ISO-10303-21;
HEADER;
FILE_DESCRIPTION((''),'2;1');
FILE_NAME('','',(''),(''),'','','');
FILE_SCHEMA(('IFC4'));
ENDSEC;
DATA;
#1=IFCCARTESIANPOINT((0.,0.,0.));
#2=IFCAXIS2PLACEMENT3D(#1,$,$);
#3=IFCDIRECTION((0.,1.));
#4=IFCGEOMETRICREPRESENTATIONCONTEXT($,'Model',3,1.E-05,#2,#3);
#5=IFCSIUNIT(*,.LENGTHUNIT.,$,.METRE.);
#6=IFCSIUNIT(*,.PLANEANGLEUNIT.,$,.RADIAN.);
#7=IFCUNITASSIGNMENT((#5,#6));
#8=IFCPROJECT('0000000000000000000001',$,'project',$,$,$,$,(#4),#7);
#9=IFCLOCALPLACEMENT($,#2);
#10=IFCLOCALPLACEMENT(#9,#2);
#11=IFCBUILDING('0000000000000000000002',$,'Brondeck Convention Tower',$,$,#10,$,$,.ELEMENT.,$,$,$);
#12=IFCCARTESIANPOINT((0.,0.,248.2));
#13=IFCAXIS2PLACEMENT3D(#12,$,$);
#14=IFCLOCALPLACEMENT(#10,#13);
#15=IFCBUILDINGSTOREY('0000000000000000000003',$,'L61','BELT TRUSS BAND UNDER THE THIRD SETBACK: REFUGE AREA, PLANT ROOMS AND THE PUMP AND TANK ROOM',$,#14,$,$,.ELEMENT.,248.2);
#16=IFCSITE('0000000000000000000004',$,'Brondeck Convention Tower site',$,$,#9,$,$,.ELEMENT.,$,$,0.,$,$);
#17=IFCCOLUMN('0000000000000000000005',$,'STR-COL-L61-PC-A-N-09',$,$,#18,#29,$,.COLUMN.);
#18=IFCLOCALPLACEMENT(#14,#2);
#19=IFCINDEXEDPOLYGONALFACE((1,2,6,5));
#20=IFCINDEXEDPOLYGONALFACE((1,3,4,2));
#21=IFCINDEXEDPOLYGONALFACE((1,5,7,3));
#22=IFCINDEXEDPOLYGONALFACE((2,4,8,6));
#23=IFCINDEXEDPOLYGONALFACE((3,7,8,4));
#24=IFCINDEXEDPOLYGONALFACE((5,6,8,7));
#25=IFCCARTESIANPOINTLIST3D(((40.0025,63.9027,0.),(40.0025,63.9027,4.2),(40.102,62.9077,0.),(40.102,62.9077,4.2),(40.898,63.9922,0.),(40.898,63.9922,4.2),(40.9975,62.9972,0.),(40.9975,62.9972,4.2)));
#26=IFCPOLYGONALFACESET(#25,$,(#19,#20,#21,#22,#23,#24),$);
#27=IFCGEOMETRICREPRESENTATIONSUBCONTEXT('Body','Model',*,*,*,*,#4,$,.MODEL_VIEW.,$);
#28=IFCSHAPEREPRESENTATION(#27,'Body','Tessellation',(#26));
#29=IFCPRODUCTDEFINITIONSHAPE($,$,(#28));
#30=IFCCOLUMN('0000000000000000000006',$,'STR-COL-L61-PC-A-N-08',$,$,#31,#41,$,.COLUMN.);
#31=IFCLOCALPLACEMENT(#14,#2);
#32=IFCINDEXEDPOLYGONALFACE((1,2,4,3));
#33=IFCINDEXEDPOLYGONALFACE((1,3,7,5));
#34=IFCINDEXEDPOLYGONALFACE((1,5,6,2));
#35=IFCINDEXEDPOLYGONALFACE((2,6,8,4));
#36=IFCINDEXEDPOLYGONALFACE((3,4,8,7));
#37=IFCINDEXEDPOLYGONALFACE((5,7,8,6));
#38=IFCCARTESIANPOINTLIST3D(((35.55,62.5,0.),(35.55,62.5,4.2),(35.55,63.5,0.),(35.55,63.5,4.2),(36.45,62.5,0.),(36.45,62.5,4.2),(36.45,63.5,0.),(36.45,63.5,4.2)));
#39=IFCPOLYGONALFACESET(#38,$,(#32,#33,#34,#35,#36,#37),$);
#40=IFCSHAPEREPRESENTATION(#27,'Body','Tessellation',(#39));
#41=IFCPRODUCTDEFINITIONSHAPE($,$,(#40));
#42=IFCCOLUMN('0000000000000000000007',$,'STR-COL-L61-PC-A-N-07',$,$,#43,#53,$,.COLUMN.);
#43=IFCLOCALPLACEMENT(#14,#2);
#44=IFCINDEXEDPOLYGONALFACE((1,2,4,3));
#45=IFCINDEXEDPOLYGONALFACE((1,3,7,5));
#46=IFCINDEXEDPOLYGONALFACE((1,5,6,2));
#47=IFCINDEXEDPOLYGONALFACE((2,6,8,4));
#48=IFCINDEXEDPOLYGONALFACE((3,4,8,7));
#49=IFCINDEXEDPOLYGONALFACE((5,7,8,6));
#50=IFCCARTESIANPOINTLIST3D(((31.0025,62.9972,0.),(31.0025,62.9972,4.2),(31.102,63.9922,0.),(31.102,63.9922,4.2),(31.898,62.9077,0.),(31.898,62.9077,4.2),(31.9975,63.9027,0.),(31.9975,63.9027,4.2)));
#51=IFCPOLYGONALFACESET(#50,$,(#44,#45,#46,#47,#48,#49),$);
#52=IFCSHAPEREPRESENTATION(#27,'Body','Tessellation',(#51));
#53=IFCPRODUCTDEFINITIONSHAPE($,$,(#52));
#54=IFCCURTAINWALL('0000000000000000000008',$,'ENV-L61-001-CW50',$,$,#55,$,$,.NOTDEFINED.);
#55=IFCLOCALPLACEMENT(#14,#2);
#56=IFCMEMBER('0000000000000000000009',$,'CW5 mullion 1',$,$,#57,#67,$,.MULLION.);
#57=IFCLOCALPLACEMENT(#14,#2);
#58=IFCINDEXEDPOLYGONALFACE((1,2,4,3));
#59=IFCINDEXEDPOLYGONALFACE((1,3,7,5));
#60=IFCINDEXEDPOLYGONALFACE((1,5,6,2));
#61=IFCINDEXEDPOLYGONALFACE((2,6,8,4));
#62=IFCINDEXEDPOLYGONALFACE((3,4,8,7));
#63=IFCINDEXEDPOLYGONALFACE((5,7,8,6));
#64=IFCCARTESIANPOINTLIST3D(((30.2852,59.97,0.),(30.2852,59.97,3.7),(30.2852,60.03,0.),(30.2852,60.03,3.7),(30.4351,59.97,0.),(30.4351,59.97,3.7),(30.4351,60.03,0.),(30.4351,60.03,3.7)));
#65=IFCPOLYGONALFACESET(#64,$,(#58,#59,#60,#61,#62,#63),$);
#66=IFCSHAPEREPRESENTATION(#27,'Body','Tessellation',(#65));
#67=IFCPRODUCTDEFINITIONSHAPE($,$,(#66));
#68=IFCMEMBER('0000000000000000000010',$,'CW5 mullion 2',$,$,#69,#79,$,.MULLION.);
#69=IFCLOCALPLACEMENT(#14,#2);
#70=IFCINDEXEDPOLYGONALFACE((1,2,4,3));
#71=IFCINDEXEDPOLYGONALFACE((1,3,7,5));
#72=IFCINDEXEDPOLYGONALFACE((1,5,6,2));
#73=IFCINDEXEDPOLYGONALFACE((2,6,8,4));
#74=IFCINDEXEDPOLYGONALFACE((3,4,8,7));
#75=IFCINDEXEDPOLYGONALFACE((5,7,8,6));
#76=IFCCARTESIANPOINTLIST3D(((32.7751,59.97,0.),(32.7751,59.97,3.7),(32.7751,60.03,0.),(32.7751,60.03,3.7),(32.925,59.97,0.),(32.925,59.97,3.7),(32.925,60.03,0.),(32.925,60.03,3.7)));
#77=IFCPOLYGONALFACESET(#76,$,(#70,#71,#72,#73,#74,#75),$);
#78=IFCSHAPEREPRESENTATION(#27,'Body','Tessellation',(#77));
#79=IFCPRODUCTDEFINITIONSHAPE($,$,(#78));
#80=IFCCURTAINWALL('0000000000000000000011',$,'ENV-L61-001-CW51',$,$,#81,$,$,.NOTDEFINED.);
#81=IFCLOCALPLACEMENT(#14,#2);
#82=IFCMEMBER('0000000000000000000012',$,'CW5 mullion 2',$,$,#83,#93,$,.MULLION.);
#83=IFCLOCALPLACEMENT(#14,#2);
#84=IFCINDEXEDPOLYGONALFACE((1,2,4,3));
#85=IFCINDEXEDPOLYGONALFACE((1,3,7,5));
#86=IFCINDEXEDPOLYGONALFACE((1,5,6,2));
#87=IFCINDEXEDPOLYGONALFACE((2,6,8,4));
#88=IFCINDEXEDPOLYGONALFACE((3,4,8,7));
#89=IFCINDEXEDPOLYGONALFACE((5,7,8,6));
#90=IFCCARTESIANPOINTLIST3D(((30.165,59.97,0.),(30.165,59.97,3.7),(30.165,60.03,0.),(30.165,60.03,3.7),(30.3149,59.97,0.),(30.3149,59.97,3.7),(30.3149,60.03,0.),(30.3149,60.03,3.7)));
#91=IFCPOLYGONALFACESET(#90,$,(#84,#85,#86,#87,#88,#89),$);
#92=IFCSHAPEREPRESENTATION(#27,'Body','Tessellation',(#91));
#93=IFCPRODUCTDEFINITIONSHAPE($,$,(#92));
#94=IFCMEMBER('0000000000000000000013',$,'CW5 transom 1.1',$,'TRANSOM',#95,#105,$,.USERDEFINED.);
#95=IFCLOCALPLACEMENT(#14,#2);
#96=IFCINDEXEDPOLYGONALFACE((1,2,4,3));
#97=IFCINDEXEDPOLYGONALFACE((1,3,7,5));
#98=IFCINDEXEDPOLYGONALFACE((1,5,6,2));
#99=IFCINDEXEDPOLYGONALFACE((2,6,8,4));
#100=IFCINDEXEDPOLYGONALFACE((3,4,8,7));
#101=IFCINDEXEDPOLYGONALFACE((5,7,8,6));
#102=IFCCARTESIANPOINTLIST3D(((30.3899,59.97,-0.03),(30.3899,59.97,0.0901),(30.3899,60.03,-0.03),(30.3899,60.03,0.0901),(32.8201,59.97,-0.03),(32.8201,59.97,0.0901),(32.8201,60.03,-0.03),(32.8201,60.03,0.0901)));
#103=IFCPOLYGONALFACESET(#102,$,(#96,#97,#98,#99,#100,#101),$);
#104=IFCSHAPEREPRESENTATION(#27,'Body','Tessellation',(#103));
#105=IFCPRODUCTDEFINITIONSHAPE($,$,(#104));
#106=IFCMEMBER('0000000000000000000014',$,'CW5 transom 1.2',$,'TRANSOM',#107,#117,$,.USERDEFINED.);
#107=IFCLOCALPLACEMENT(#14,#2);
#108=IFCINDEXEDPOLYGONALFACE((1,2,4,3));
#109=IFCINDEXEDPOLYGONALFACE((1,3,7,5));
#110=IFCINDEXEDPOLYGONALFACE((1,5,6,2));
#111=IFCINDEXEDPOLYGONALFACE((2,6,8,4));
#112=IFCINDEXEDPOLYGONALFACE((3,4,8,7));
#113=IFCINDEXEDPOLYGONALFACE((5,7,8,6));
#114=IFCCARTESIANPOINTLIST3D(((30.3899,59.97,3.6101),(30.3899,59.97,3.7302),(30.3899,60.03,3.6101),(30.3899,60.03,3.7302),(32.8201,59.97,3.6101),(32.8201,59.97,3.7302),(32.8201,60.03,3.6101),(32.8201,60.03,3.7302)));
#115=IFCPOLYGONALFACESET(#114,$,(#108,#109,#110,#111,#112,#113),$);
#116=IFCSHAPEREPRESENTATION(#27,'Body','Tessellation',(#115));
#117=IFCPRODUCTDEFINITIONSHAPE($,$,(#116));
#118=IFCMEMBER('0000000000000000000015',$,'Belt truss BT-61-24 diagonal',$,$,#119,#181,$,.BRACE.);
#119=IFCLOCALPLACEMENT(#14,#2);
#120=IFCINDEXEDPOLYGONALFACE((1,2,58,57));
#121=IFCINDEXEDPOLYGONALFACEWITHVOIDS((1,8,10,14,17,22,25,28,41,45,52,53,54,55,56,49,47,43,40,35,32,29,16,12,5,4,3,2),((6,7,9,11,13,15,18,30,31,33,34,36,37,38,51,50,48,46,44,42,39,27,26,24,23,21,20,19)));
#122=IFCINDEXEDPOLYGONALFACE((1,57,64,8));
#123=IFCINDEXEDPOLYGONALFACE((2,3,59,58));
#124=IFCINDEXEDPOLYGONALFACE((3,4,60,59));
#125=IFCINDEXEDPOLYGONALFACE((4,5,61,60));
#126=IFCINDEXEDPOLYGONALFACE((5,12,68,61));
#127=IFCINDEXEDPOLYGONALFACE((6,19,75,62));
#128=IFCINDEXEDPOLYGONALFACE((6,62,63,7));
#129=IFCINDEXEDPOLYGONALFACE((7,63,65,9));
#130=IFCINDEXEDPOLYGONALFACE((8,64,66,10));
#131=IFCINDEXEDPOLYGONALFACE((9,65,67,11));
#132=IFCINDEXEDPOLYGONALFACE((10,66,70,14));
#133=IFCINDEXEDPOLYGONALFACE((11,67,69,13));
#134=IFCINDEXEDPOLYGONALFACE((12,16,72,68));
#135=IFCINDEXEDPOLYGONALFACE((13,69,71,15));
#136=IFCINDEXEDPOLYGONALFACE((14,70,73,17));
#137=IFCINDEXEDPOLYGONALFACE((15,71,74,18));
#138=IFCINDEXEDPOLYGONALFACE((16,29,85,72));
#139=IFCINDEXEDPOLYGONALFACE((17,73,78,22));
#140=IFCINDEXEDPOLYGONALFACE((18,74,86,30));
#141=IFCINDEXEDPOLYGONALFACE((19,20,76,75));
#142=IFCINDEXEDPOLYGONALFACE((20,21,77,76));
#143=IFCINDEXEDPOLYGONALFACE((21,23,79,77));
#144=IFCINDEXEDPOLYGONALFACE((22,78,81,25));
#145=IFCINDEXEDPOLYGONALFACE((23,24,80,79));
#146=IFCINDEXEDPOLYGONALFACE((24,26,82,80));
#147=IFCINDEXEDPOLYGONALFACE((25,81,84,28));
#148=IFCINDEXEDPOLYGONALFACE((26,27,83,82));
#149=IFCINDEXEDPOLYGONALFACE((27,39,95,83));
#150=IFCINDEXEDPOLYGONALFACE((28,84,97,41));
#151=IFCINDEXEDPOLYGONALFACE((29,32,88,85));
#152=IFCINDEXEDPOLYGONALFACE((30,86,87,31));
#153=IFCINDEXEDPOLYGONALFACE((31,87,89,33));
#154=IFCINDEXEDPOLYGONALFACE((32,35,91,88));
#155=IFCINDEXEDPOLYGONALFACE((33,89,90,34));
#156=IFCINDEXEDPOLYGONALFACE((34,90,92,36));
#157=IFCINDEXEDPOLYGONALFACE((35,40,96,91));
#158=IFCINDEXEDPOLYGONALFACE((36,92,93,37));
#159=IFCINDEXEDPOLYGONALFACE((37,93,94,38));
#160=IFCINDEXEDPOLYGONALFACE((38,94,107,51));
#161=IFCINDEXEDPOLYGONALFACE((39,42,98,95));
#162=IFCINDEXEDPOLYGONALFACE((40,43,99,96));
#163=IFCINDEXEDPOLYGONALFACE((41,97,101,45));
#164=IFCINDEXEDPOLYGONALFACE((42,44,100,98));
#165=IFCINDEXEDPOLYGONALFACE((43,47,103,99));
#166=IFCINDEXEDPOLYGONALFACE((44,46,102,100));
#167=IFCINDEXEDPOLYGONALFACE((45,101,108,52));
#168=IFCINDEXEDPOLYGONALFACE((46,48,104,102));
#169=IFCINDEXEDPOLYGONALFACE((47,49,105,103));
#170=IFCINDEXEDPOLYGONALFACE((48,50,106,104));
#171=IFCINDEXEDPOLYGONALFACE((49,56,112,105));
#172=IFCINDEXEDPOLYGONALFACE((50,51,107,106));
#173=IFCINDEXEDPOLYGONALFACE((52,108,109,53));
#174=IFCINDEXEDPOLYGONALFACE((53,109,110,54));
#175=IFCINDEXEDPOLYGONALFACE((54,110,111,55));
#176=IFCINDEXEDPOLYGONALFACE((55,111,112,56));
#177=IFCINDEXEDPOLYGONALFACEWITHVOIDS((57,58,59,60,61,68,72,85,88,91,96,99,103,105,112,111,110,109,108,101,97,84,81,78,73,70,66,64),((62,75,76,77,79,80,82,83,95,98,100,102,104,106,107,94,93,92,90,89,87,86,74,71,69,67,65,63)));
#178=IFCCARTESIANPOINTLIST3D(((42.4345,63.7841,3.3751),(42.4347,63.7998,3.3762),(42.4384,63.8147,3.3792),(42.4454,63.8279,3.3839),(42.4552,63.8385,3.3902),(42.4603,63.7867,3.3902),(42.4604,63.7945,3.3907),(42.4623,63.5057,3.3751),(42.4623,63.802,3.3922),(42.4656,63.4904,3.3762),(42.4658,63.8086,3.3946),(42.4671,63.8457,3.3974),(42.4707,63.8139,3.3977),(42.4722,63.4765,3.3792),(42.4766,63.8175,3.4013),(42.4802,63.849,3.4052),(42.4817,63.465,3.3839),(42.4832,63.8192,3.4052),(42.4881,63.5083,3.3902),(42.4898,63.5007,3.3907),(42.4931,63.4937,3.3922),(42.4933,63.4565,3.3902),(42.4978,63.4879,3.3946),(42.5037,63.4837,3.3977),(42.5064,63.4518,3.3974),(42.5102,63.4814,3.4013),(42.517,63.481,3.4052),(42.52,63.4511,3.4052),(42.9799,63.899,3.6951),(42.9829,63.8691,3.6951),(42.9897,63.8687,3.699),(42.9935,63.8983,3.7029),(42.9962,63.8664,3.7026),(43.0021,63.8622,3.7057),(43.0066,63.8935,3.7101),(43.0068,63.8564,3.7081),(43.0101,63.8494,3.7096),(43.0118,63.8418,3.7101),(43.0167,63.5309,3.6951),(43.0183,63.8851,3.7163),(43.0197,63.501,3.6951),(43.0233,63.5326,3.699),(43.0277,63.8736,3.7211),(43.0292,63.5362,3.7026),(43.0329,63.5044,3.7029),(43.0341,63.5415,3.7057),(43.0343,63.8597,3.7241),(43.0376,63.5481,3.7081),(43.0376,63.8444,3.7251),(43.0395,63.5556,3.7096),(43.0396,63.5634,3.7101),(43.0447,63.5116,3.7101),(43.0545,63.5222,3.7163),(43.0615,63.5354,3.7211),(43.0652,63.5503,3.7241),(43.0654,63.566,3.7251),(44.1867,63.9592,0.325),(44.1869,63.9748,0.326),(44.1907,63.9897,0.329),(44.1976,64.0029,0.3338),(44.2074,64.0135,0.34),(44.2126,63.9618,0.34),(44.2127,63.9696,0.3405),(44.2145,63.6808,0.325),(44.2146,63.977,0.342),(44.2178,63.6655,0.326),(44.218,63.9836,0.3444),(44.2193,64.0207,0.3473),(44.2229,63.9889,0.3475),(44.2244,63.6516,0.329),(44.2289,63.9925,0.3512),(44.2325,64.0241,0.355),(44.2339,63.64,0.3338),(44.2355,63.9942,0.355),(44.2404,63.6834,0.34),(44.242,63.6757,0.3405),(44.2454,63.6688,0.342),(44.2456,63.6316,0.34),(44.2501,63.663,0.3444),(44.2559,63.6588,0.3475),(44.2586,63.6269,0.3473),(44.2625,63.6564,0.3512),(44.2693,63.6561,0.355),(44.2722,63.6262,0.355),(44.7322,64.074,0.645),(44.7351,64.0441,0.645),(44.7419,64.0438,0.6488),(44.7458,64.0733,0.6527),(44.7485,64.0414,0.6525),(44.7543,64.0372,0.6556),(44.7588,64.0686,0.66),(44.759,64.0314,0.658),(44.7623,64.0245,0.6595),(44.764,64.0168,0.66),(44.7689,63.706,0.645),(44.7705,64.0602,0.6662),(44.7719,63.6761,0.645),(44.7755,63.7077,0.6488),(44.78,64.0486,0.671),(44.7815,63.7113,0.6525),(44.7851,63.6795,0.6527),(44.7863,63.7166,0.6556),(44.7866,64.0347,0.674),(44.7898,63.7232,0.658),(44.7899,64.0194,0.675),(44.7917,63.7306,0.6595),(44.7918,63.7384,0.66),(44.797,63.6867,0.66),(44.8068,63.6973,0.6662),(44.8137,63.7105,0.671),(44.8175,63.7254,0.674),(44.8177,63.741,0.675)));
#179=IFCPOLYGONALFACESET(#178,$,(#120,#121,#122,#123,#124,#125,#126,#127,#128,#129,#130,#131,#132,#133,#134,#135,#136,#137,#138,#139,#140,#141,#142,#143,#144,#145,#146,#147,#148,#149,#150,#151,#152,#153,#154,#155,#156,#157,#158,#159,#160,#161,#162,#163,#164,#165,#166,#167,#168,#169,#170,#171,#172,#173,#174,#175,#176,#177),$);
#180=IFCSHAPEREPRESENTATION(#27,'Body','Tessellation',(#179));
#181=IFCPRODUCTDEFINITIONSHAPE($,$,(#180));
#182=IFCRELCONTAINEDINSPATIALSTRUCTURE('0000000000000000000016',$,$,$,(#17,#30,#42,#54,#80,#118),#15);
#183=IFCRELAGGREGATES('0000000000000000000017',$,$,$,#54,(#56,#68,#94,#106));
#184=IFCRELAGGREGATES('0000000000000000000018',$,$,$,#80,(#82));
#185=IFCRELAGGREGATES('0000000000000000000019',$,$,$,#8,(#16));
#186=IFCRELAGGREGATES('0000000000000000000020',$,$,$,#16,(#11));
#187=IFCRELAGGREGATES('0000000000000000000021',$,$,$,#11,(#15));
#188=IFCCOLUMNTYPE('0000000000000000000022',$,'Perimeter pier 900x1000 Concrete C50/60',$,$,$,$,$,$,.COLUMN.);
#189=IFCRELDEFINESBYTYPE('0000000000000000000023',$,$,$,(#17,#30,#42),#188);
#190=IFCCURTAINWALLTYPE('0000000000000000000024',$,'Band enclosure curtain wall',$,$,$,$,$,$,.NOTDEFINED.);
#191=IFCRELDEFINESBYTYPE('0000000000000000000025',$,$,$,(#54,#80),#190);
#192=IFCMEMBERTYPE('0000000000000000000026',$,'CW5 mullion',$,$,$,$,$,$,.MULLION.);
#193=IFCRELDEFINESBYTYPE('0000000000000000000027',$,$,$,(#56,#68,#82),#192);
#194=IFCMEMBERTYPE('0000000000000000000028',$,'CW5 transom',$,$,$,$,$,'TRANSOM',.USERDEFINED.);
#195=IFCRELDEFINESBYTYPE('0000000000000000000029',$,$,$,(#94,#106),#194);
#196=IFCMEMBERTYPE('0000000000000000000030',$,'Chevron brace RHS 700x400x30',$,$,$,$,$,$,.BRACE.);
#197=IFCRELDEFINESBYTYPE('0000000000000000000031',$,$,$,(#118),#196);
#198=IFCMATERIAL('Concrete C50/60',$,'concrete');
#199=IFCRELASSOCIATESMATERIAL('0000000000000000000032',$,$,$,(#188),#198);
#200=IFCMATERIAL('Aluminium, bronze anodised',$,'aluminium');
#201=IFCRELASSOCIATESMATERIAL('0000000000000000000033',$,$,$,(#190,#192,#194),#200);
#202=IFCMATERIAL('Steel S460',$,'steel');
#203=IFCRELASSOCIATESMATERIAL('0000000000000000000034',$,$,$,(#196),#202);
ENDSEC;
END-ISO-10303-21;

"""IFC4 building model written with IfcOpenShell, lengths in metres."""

from ifc_helpers import new_model, si_unit, direction, frame, origin, origin_2d, place, context, subcontext, project, spatial, rectangle, hollow_rectangle, extrude, material, material_profile, profile_set, type_object, element, aggregate, save


model = new_model("IFC4")

# Units and contexts
model_context = context("Model", 3, precision=1e-05, world=origin(), true_north=direction((0.0, 1.0)))
body_context = subcontext(model_context, "Body", "Model", "MODEL_VIEW")
ifc_project = project(units=[si_unit("LENGTHUNIT", "METRE"), si_unit("PLANEANGLEUNIT", "RADIAN")], contexts=[model_context])

# Site, building, storey
site_placement = place(None, origin())
site = spatial("IfcSite", under=ifc_project, at=site_placement, Name="Brondeck Convention Tower site", CompositionType="ELEMENT", RefElevation=0.0)
building_placement = place(site_placement, origin())
building = spatial("IfcBuilding", under=site, at=building_placement, Name="Brondeck Convention Tower", CompositionType="ELEMENT")
storey_placement = place(building_placement, frame((0.0, 0.0, 248.2)))
storey = spatial("IfcBuildingStorey", under=building, at=storey_placement, Name="L61", Description="BELT TRUSS BAND UNDER THE THIRD SETBACK: REFUGE AREA, PLANT ROOMS AND THE PUMP AND TANK ROOM", CompositionType="ELEMENT", Elevation=248.2)

# Columns
ifc_material_1 = material(Name="Concrete C50/60", Category="concrete")
ifc_material_profile_1 = material_profile(ifc_material_1, rectangle(XDim=0.8999, YDim=1.0, at=origin_2d()), Name="Perimeter pier 900x1000 Concrete C50/60")
ifc_profile_set_1 = profile_set([ifc_material_profile_1], Name="Concrete C50/60")
column_type = type_object("IfcColumnType", Name="Perimeter pier 900x1000 Concrete C50/60", PredefinedType="COLUMN", material=ifc_profile_set_1)
for number, where, z_axis, x_axis, name in (
    (1, (40.5, 63.45, 0.0), (0.0, 0.0, 1.0), (-0.995037, -0.099504, 0.0), "STR-COL-L61-PC-A-N-09"),
    (2, (36.0, 63.0, 0.0), (0.0, 0.0, 1.0), (-1.0, 0.0, 0.0), "STR-COL-L61-PC-A-N-08"),
    (3, (31.5, 63.45, 0.0), (0.0, 0.0, 1.0), (-0.995037, 0.099504, 0.0), "STR-COL-L61-PC-A-N-07"),
):
    element("IfcColumn", number, at=place(storey_placement, frame(where, z_axis=z_axis, x_axis=x_axis)), inside=storey, type_object=column_type, Name=name, PredefinedType="COLUMN", context=body_context, shape_type="SweptSolid", body=[
        extrude(rectangle(XDim=0.8999, YDim=1.0, at=origin_2d()), origin(), (0.0, 0.0, 1.0), 4.2),
    ])

# Curtain wall, members
ifc_material_2 = material(Name="Aluminium, bronze anodised", Category="aluminium")
curtain_wall_type = type_object("IfcCurtainWallType", Name="Band enclosure curtain wall", PredefinedType="NOTDEFINED", material=ifc_material_2)
curtain_wall_1_placement = place(storey_placement, origin())
curtain_wall_1 = element("IfcCurtainWall", 4, at=curtain_wall_1_placement, inside=storey, type_object=curtain_wall_type, Name="ENV-L61-001-CW50", PredefinedType="NOTDEFINED")
ifc_material_profile_2 = material_profile(ifc_material_2, rectangle(XDim=0.0601, YDim=0.1499, at=origin_2d()), Name="CW5 mullion")
ifc_profile_set_2 = profile_set([ifc_material_profile_2], Name="Aluminium, bronze anodised")
member_type_1 = type_object("IfcMemberType", Name="CW5 mullion", PredefinedType="MULLION", material=ifc_profile_set_2)
member_1_placement = place(storey_placement, frame((30.3601, 60.0, 0.0), z_axis=(0.0, 0.0, 1.0), x_axis=(0.0, 1.0, 0.0)))
member_1 = element("IfcMember", 5, at=member_1_placement, type_object=member_type_1, Name="CW5 mullion 1", PredefinedType="MULLION", context=body_context, shape_type="SweptSolid", body=[
    extrude(rectangle(XDim=0.0601, YDim=0.1499, at=origin_2d()), origin(), (0.0, 0.0, 1.0), 3.7),
])
member_2_placement = place(storey_placement, frame((32.8501, 60.0, 0.0), z_axis=(0.0, 0.0, 1.0), x_axis=(0.0, 1.0, 0.0)))
member_2 = element("IfcMember", 6, at=member_2_placement, type_object=member_type_1, Name="CW5 mullion 2", PredefinedType="MULLION", context=body_context, shape_type="SweptSolid", body=[
    extrude(rectangle(XDim=0.0601, YDim=0.1499, at=origin_2d()), origin(), (0.0, 0.0, 1.0), 3.7),
])

# Curtain wall, member
curtain_wall_2_placement = place(storey_placement, origin())
curtain_wall_2 = element("IfcCurtainWall", 7, at=curtain_wall_2_placement, inside=storey, type_object=curtain_wall_type, Name="ENV-L61-001-CW51", PredefinedType="NOTDEFINED")
member_3_placement = place(storey_placement, frame((30.24, 60.0, 0.0), z_axis=(0.0, 0.0, 1.0), x_axis=(0.0, 1.0, 0.0)))
member_3 = element("IfcMember", 8, at=member_3_placement, type_object=member_type_1, Name="CW5 mullion 2", PredefinedType="MULLION", context=body_context, shape_type="SweptSolid", body=[
    extrude(rectangle(XDim=0.0601, YDim=0.1499, at=origin_2d()), origin(), (0.0, 0.0, 1.0), 3.7),
])

# Members
ifc_material_profile_3 = material_profile(ifc_material_2, rectangle(XDim=0.0601, YDim=0.1201, at=origin_2d()), Name="CW5 transom")
ifc_profile_set_3 = profile_set([ifc_material_profile_3], Name="Aluminium, bronze anodised")
member_type_2 = type_object("IfcMemberType", Name="CW5 transom", ElementType="TRANSOM", PredefinedType="USERDEFINED", material=ifc_profile_set_3)
member_4_placement = place(storey_placement, frame((30.3899, 60.0, 0.03), z_axis=(1.0, 0.0, 0.0), x_axis=(0.0, 1.0, 0.0)))
member_4 = element("IfcMember", 9, at=member_4_placement, type_object=member_type_2, Name="CW5 transom 1.1", ObjectType="TRANSOM", PredefinedType="USERDEFINED", context=body_context, shape_type="SweptSolid", body=[
    extrude(rectangle(XDim=0.0601, YDim=0.1201, at=origin_2d()), origin(), (0.0, 0.0, 1.0), 2.4302),
])
member_5_placement = place(storey_placement, frame((30.3899, 60.0, 3.6702), z_axis=(1.0, 0.0, 0.0), x_axis=(0.0, 1.0, 0.0)))
member_5 = element("IfcMember", 10, at=member_5_placement, type_object=member_type_2, Name="CW5 transom 1.2", ObjectType="TRANSOM", PredefinedType="USERDEFINED", context=body_context, shape_type="SweptSolid", body=[
    extrude(rectangle(XDim=0.0601, YDim=0.1201, at=origin_2d()), origin(), (0.0, 0.0, 1.0), 2.4302),
])

# Member
ifc_material_3 = material(Name="Steel S460", Category="steel")
ifc_material_profile_4 = material_profile(ifc_material_3, hollow_rectangle(XDim=0.3999, YDim=0.7, WallThickness=0.03, InnerFilletRadius=0.03, OuterFilletRadius=0.0601, at=origin_2d()), Name="RHS 700x400x30")
ifc_profile_set_4 = profile_set([ifc_material_profile_4], Name="Steel S460")
member_type_3 = type_object("IfcMemberType", Name="Chevron brace RHS 700x400x30", PredefinedType="BRACE", material=ifc_profile_set_4)
for number, where, z_axis, x_axis, name in (
    (11, (44.5022, 63.8501, 0.5), (-0.497518, -0.049703, 0.866029), (0.099408, -0.995047, 0.0), "Belt truss BT-61-24 diagonal"),
):
    element("IfcMember", number, at=place(storey_placement, frame(where, z_axis=z_axis, x_axis=x_axis)), inside=storey, type_object=member_type_3, Name=name, PredefinedType="BRACE", context=body_context, shape_type="SweptSolid", body=[
        extrude(hollow_rectangle(XDim=0.3999, YDim=0.7, WallThickness=0.03, InnerFilletRadius=0.03, OuterFilletRadius=0.0601, at=origin_2d()), origin(), (0.0, 0.0, 1.0), 3.522),
    ])

aggregate(curtain_wall_1, [member_1, member_2, member_4, member_5])
aggregate(curtain_wall_2, [member_3])

save(model, "model.ifc")
